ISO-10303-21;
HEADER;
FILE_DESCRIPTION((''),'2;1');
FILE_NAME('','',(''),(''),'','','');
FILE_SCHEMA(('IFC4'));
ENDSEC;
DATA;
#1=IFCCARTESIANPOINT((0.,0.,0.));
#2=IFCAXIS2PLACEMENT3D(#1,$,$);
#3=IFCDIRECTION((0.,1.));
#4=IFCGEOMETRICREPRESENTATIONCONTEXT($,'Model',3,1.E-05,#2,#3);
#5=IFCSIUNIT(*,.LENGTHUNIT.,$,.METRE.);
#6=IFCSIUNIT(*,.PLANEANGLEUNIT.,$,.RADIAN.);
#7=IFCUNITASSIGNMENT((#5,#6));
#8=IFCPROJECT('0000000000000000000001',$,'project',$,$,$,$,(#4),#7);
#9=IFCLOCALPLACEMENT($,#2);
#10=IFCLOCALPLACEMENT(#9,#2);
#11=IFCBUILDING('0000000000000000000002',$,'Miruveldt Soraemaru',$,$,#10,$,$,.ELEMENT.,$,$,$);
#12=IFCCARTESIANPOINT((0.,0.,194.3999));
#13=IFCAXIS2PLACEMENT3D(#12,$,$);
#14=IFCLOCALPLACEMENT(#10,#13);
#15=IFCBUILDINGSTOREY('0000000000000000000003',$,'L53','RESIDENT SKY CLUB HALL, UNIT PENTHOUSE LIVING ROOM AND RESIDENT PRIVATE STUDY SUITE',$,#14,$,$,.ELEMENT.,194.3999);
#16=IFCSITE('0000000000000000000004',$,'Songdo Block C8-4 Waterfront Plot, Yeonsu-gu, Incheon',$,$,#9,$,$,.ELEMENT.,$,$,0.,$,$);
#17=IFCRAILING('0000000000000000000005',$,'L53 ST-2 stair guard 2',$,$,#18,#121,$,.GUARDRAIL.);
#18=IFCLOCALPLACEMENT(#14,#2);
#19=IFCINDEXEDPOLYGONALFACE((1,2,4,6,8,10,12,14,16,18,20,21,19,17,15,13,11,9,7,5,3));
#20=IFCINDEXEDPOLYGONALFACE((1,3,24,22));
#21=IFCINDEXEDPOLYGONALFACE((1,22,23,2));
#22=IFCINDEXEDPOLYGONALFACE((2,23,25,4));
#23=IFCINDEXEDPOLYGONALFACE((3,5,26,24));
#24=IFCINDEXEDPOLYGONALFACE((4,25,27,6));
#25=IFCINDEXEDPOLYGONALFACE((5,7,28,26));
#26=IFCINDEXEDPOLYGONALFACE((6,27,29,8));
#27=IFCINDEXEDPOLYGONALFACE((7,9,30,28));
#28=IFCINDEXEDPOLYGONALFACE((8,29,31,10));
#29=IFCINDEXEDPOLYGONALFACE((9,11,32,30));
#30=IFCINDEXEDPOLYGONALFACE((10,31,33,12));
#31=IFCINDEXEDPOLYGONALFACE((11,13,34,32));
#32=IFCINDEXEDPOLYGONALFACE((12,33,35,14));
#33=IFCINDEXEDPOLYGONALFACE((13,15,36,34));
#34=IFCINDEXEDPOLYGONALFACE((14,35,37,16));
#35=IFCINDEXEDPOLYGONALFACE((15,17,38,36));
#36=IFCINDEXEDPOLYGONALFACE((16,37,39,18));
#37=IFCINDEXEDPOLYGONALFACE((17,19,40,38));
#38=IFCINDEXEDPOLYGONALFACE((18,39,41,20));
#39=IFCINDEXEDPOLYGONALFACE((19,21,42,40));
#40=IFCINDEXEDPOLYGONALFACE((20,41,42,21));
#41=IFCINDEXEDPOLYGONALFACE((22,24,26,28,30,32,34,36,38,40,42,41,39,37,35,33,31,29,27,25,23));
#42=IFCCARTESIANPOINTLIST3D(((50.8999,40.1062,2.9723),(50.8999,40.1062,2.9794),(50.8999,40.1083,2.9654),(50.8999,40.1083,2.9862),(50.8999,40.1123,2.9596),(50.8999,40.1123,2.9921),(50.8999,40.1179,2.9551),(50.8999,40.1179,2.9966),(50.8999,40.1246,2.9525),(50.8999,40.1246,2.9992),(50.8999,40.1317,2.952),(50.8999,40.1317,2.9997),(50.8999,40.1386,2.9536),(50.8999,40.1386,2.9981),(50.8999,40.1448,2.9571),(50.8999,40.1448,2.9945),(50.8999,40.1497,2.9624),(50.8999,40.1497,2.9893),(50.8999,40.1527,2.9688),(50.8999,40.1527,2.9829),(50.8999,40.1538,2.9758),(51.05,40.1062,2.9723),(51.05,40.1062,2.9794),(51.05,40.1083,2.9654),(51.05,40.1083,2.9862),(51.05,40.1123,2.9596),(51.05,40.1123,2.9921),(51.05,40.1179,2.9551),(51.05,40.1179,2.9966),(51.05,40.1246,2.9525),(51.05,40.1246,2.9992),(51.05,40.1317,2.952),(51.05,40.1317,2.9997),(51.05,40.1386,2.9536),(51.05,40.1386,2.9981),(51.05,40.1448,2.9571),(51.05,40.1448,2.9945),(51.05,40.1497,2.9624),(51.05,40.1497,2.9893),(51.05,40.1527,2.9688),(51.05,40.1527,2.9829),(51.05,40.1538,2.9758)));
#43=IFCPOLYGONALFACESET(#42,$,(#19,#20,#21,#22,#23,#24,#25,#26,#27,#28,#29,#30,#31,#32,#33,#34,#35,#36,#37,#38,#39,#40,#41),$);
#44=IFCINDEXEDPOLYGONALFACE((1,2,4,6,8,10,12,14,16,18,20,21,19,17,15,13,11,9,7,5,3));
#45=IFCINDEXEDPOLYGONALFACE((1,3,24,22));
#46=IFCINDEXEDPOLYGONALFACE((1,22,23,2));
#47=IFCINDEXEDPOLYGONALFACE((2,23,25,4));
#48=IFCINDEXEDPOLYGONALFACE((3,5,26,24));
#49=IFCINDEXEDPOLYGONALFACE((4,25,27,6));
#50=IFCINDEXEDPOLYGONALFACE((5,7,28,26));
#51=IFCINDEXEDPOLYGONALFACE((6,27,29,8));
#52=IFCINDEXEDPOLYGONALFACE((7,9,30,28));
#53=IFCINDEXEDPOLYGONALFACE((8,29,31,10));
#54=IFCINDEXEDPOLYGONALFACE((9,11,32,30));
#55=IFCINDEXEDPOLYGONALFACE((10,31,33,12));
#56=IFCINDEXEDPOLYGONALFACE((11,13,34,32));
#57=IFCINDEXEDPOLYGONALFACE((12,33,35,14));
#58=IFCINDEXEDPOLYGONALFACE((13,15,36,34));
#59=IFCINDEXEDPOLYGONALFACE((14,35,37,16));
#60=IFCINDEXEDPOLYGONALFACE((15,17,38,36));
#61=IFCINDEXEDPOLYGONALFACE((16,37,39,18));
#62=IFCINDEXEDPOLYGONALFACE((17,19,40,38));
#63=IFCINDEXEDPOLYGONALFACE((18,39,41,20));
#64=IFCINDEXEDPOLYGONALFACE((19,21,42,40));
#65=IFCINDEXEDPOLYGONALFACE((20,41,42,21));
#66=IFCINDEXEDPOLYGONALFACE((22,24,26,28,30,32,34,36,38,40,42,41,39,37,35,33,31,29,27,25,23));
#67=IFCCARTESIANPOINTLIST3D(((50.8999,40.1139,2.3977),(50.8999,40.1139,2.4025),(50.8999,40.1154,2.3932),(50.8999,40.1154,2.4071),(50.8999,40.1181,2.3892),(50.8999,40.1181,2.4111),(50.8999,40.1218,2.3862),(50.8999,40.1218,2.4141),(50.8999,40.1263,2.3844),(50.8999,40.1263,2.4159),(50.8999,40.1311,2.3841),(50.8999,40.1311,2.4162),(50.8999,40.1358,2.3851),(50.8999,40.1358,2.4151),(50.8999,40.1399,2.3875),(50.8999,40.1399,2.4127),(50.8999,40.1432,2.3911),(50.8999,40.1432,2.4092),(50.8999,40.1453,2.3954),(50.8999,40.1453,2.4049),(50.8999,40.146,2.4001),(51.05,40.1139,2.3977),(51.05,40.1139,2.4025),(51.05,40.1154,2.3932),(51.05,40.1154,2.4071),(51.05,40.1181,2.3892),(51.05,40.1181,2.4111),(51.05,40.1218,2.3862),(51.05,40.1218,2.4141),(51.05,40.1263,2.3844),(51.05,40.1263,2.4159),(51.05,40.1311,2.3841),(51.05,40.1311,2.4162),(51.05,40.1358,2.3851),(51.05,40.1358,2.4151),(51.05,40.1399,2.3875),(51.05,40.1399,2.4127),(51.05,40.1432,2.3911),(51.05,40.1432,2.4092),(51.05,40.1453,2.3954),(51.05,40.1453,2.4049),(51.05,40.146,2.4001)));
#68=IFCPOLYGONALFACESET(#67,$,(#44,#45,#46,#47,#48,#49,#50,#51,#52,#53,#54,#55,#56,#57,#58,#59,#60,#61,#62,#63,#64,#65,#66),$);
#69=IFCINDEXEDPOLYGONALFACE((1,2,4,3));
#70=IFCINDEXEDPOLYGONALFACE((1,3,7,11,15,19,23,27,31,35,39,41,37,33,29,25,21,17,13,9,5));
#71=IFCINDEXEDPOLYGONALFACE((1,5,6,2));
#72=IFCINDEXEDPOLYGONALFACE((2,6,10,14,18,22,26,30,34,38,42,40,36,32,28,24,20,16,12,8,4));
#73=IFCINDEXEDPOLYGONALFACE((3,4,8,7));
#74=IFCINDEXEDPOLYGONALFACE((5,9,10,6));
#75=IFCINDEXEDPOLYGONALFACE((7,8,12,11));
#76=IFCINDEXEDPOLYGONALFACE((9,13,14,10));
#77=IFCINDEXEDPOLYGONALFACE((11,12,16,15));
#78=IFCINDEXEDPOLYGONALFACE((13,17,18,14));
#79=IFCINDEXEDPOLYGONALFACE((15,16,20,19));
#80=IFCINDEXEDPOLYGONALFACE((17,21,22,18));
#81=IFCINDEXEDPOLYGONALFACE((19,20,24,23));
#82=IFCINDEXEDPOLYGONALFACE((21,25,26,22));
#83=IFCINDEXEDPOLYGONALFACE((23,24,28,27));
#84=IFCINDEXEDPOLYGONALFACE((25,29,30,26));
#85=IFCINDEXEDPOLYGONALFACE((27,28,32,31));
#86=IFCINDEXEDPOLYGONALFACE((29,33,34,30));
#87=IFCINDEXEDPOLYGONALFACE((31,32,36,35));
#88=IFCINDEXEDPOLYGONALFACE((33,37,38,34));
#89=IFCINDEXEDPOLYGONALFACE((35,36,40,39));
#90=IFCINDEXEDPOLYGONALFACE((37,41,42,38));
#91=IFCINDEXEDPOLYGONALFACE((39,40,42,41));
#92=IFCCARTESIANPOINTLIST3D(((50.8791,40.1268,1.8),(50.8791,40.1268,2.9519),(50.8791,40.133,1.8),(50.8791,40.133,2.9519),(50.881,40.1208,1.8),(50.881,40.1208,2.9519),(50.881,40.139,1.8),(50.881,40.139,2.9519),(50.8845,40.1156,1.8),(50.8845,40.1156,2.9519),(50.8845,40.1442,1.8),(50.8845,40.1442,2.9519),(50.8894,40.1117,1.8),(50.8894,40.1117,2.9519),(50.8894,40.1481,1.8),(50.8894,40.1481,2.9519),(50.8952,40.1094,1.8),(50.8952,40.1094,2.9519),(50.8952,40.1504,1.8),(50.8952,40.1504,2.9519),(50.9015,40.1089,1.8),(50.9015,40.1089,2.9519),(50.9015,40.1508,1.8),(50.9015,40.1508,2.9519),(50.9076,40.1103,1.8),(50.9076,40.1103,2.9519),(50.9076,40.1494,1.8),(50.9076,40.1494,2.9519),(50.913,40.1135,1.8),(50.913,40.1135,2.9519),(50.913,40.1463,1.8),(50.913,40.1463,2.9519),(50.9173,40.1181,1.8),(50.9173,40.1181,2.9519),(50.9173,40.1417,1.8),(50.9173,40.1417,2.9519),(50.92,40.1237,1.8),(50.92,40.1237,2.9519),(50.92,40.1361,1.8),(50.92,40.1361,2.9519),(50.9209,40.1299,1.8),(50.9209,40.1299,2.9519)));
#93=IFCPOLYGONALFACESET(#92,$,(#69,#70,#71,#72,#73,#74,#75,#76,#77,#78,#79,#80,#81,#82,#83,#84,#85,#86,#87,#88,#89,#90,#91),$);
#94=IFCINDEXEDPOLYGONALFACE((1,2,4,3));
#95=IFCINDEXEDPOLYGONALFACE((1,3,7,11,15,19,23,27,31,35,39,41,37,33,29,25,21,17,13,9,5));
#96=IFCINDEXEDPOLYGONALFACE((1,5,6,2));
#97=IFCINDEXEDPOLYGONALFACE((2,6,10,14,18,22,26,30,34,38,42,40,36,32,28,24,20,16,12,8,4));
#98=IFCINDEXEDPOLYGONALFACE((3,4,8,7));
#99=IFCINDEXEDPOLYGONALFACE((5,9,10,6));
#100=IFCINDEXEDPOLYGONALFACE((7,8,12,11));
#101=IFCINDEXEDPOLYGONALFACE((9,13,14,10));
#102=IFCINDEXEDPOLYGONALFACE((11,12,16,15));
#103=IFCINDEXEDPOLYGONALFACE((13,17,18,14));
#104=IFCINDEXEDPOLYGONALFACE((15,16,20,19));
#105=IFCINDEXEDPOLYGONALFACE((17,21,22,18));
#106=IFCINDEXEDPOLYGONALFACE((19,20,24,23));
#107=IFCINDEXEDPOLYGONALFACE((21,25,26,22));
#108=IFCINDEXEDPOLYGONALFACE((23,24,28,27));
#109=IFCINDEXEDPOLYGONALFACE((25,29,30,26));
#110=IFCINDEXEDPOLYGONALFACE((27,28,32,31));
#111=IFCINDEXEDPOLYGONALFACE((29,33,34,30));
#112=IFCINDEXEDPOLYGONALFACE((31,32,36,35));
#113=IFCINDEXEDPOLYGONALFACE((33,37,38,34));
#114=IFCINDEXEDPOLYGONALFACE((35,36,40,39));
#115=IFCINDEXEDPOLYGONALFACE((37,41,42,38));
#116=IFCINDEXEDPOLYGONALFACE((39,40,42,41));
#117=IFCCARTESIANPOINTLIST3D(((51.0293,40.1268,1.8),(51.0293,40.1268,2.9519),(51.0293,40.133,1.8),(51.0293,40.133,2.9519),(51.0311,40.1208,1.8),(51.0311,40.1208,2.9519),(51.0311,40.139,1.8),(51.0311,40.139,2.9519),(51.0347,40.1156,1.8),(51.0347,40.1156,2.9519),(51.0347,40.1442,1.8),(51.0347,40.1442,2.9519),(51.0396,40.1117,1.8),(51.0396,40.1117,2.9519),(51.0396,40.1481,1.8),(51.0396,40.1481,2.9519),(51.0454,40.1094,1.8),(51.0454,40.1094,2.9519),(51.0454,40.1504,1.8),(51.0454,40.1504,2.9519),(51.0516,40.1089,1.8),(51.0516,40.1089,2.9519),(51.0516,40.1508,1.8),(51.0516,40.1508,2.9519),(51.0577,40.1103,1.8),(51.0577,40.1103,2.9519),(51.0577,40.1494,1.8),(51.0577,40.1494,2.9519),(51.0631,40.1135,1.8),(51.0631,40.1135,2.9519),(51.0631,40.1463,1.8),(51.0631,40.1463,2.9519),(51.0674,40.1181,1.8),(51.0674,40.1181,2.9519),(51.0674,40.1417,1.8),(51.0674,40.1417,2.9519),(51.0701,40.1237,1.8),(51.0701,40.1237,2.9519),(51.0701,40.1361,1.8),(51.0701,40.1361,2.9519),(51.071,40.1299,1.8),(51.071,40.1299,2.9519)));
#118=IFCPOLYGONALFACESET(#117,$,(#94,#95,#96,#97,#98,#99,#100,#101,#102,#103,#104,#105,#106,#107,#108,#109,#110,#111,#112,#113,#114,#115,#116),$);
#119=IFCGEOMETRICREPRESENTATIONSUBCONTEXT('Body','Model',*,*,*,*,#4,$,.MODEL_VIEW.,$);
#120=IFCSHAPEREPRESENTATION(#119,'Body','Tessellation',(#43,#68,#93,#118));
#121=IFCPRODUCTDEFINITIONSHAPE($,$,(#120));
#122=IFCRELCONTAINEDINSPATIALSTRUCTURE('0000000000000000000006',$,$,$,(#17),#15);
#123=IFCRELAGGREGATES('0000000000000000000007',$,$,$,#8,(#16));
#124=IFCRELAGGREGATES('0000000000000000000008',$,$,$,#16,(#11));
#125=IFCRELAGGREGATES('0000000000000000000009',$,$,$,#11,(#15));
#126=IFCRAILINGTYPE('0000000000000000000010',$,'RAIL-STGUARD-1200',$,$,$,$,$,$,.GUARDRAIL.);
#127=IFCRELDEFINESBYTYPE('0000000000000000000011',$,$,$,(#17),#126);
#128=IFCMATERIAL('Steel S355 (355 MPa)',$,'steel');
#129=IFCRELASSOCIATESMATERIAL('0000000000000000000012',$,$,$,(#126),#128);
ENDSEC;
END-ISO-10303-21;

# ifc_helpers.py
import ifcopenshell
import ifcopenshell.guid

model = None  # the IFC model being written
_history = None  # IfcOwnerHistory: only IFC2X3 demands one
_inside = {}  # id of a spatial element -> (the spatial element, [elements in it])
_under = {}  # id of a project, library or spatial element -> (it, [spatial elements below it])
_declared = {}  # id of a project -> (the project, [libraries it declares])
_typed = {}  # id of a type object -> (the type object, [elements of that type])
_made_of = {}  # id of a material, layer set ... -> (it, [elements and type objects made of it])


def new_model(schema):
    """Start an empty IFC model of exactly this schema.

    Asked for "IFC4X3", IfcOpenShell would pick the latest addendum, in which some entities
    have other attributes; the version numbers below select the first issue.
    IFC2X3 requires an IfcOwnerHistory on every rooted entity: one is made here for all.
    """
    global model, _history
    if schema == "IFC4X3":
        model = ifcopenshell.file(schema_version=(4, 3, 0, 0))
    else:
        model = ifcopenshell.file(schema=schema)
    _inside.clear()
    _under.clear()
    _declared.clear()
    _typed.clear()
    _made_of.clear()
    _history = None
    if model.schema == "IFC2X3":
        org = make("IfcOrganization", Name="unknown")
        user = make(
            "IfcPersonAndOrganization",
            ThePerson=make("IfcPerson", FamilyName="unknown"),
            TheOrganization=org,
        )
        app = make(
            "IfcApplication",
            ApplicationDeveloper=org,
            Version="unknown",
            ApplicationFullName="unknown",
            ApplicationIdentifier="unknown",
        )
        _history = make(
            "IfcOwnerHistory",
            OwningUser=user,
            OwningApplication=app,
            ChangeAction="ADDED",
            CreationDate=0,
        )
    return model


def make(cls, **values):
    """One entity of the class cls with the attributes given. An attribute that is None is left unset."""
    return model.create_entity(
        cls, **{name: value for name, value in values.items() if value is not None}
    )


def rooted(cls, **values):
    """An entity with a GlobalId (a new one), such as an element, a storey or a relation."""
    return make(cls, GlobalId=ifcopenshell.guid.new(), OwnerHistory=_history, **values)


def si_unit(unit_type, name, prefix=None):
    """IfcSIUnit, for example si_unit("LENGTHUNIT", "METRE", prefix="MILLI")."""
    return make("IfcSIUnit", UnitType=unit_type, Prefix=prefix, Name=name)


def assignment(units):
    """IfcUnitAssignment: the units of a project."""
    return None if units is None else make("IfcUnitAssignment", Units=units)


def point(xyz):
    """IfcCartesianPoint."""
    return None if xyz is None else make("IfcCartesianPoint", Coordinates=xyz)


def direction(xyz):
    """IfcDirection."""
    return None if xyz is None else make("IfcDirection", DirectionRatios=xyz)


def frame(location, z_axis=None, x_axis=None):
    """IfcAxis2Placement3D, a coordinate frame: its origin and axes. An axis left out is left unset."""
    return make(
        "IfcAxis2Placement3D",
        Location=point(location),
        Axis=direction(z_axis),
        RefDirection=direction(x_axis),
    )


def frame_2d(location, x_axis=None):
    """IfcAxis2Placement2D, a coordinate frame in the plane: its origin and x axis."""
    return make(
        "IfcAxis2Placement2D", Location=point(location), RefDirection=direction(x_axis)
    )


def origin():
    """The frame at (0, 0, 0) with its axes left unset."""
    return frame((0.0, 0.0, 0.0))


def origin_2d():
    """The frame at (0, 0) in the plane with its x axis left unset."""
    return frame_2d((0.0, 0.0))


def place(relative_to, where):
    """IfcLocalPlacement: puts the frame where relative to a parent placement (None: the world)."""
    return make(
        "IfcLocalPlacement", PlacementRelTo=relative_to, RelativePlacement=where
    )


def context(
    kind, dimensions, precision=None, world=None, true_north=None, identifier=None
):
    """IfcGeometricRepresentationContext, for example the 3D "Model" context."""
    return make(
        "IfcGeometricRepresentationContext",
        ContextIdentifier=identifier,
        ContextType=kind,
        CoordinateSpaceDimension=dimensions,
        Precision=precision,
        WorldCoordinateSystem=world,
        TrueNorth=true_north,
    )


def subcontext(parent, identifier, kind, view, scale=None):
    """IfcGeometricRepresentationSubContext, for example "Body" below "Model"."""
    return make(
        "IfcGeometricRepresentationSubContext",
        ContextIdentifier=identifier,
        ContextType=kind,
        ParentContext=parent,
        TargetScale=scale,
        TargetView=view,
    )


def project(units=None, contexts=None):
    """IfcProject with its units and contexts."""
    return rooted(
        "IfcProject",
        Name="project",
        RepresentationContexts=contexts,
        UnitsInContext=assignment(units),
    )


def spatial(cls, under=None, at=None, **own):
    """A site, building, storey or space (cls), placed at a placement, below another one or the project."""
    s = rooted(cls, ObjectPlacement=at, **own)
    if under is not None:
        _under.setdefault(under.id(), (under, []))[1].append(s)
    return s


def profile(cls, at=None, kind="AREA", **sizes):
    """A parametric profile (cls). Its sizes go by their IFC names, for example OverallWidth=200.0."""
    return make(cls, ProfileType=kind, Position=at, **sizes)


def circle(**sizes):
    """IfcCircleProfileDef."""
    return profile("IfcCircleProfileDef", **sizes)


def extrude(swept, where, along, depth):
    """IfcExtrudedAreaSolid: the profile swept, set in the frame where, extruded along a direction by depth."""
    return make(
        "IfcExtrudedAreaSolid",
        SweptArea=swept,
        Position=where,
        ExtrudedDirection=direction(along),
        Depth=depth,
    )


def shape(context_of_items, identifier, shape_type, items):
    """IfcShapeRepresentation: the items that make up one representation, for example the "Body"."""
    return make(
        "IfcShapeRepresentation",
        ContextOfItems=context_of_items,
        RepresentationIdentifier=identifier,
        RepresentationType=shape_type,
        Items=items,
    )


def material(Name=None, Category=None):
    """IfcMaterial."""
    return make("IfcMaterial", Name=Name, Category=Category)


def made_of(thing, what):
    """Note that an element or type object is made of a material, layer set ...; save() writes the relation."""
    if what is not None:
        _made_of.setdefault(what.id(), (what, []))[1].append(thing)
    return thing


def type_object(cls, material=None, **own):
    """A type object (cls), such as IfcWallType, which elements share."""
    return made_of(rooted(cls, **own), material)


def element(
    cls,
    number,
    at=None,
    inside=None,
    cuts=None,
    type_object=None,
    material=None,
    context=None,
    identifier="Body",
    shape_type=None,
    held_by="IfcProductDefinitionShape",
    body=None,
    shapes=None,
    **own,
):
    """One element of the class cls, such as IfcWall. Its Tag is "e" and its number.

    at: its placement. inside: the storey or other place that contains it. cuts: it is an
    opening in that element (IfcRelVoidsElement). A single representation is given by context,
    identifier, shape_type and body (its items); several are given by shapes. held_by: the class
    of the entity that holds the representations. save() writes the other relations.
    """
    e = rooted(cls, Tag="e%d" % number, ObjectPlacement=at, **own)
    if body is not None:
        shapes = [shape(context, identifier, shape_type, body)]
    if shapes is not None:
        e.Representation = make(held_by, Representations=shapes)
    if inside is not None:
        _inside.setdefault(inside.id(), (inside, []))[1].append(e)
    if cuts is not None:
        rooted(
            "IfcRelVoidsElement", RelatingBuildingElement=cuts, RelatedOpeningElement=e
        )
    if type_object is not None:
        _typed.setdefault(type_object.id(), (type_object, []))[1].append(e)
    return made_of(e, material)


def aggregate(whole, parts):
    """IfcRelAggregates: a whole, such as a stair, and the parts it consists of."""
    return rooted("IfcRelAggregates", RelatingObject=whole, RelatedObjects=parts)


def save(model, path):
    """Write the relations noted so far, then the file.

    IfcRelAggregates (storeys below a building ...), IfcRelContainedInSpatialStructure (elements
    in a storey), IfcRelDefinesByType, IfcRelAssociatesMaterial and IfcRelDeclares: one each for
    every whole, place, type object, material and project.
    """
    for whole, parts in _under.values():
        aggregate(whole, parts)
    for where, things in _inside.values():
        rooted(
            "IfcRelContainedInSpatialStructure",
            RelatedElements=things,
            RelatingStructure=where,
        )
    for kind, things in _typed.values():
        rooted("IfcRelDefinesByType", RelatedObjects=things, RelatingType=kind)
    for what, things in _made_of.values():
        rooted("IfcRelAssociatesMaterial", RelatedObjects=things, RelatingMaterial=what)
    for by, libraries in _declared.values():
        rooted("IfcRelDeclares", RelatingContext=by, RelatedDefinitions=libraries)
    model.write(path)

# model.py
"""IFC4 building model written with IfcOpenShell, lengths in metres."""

from ifc_helpers import new_model, si_unit, direction, frame, origin, origin_2d, place, context, subcontext, project, spatial, circle, extrude, material, type_object, element, save


model = new_model("IFC4")

# Units and contexts
model_context = context("Model", 3, precision=1e-05, world=origin(), true_north=direction((0.0, 1.0)))
body_context = subcontext(model_context, "Body", "Model", "MODEL_VIEW")
ifc_project = project(units=[si_unit("LENGTHUNIT", "METRE"), si_unit("PLANEANGLEUNIT", "RADIAN")], contexts=[model_context])

# Site, building, storey
site_placement = place(None, origin())
site = spatial("IfcSite", under=ifc_project, at=site_placement, Name="Songdo Block C8-4 Waterfront Plot, Yeonsu-gu, Incheon", CompositionType="ELEMENT", RefElevation=0.0)
building_placement = place(site_placement, origin())
building = spatial("IfcBuilding", under=site, at=building_placement, Name="Miruveldt Soraemaru", CompositionType="ELEMENT")
storey_placement = place(building_placement, frame((0.0, 0.0, 194.3999)))
storey = spatial("IfcBuildingStorey", under=building, at=storey_placement, Name="L53", Description="RESIDENT SKY CLUB HALL, UNIT PENTHOUSE LIVING ROOM AND RESIDENT PRIVATE STUDY SUITE", CompositionType="ELEMENT", Elevation=194.3999)

# Railing
ifc_material_1 = material(Name="Steel S355 (355 MPa)", Category="steel")
railing_type_1 = type_object("IfcRailingType", Name="RAIL-STGUARD-1200", PredefinedType="GUARDRAIL", material=ifc_material_1)
railing_1_placement = place(storey_placement, frame((50.8999, 40.1299, 1.8)))
element("IfcRailing", 1, at=railing_1_placement, inside=storey, type_object=railing_type_1, Name="L53 ST-2 stair guard 2", PredefinedType="GUARDRAIL", context=body_context, shape_type="SweptSolid", body=[
    extrude(circle(Radius=0.0239, at=origin_2d()), frame((0.0, 0.0, 1.1758), z_axis=(1.0, 0.0, 0.0), x_axis=(0.0, 1.0, 0.0)), (0.0, 0.0, 1.0), 0.1501),
    extrude(circle(Radius=0.0161, at=origin_2d()), frame((0.0, 0.0, 0.6001), z_axis=(1.0, 0.0, 0.0), x_axis=(0.0, 1.0, 0.0)), (0.0, 0.0, 1.0), 0.1501),
    extrude(circle(Radius=0.021, at=origin_2d()), origin(), (0.0, 0.0, 1.0), 1.1519),
    extrude(circle(Radius=0.021, at=origin_2d()), frame((0.1501, 0.0, 0.0)), (0.0, 0.0, 1.0), 1.1519),
])

save(model, "model.ifc")
